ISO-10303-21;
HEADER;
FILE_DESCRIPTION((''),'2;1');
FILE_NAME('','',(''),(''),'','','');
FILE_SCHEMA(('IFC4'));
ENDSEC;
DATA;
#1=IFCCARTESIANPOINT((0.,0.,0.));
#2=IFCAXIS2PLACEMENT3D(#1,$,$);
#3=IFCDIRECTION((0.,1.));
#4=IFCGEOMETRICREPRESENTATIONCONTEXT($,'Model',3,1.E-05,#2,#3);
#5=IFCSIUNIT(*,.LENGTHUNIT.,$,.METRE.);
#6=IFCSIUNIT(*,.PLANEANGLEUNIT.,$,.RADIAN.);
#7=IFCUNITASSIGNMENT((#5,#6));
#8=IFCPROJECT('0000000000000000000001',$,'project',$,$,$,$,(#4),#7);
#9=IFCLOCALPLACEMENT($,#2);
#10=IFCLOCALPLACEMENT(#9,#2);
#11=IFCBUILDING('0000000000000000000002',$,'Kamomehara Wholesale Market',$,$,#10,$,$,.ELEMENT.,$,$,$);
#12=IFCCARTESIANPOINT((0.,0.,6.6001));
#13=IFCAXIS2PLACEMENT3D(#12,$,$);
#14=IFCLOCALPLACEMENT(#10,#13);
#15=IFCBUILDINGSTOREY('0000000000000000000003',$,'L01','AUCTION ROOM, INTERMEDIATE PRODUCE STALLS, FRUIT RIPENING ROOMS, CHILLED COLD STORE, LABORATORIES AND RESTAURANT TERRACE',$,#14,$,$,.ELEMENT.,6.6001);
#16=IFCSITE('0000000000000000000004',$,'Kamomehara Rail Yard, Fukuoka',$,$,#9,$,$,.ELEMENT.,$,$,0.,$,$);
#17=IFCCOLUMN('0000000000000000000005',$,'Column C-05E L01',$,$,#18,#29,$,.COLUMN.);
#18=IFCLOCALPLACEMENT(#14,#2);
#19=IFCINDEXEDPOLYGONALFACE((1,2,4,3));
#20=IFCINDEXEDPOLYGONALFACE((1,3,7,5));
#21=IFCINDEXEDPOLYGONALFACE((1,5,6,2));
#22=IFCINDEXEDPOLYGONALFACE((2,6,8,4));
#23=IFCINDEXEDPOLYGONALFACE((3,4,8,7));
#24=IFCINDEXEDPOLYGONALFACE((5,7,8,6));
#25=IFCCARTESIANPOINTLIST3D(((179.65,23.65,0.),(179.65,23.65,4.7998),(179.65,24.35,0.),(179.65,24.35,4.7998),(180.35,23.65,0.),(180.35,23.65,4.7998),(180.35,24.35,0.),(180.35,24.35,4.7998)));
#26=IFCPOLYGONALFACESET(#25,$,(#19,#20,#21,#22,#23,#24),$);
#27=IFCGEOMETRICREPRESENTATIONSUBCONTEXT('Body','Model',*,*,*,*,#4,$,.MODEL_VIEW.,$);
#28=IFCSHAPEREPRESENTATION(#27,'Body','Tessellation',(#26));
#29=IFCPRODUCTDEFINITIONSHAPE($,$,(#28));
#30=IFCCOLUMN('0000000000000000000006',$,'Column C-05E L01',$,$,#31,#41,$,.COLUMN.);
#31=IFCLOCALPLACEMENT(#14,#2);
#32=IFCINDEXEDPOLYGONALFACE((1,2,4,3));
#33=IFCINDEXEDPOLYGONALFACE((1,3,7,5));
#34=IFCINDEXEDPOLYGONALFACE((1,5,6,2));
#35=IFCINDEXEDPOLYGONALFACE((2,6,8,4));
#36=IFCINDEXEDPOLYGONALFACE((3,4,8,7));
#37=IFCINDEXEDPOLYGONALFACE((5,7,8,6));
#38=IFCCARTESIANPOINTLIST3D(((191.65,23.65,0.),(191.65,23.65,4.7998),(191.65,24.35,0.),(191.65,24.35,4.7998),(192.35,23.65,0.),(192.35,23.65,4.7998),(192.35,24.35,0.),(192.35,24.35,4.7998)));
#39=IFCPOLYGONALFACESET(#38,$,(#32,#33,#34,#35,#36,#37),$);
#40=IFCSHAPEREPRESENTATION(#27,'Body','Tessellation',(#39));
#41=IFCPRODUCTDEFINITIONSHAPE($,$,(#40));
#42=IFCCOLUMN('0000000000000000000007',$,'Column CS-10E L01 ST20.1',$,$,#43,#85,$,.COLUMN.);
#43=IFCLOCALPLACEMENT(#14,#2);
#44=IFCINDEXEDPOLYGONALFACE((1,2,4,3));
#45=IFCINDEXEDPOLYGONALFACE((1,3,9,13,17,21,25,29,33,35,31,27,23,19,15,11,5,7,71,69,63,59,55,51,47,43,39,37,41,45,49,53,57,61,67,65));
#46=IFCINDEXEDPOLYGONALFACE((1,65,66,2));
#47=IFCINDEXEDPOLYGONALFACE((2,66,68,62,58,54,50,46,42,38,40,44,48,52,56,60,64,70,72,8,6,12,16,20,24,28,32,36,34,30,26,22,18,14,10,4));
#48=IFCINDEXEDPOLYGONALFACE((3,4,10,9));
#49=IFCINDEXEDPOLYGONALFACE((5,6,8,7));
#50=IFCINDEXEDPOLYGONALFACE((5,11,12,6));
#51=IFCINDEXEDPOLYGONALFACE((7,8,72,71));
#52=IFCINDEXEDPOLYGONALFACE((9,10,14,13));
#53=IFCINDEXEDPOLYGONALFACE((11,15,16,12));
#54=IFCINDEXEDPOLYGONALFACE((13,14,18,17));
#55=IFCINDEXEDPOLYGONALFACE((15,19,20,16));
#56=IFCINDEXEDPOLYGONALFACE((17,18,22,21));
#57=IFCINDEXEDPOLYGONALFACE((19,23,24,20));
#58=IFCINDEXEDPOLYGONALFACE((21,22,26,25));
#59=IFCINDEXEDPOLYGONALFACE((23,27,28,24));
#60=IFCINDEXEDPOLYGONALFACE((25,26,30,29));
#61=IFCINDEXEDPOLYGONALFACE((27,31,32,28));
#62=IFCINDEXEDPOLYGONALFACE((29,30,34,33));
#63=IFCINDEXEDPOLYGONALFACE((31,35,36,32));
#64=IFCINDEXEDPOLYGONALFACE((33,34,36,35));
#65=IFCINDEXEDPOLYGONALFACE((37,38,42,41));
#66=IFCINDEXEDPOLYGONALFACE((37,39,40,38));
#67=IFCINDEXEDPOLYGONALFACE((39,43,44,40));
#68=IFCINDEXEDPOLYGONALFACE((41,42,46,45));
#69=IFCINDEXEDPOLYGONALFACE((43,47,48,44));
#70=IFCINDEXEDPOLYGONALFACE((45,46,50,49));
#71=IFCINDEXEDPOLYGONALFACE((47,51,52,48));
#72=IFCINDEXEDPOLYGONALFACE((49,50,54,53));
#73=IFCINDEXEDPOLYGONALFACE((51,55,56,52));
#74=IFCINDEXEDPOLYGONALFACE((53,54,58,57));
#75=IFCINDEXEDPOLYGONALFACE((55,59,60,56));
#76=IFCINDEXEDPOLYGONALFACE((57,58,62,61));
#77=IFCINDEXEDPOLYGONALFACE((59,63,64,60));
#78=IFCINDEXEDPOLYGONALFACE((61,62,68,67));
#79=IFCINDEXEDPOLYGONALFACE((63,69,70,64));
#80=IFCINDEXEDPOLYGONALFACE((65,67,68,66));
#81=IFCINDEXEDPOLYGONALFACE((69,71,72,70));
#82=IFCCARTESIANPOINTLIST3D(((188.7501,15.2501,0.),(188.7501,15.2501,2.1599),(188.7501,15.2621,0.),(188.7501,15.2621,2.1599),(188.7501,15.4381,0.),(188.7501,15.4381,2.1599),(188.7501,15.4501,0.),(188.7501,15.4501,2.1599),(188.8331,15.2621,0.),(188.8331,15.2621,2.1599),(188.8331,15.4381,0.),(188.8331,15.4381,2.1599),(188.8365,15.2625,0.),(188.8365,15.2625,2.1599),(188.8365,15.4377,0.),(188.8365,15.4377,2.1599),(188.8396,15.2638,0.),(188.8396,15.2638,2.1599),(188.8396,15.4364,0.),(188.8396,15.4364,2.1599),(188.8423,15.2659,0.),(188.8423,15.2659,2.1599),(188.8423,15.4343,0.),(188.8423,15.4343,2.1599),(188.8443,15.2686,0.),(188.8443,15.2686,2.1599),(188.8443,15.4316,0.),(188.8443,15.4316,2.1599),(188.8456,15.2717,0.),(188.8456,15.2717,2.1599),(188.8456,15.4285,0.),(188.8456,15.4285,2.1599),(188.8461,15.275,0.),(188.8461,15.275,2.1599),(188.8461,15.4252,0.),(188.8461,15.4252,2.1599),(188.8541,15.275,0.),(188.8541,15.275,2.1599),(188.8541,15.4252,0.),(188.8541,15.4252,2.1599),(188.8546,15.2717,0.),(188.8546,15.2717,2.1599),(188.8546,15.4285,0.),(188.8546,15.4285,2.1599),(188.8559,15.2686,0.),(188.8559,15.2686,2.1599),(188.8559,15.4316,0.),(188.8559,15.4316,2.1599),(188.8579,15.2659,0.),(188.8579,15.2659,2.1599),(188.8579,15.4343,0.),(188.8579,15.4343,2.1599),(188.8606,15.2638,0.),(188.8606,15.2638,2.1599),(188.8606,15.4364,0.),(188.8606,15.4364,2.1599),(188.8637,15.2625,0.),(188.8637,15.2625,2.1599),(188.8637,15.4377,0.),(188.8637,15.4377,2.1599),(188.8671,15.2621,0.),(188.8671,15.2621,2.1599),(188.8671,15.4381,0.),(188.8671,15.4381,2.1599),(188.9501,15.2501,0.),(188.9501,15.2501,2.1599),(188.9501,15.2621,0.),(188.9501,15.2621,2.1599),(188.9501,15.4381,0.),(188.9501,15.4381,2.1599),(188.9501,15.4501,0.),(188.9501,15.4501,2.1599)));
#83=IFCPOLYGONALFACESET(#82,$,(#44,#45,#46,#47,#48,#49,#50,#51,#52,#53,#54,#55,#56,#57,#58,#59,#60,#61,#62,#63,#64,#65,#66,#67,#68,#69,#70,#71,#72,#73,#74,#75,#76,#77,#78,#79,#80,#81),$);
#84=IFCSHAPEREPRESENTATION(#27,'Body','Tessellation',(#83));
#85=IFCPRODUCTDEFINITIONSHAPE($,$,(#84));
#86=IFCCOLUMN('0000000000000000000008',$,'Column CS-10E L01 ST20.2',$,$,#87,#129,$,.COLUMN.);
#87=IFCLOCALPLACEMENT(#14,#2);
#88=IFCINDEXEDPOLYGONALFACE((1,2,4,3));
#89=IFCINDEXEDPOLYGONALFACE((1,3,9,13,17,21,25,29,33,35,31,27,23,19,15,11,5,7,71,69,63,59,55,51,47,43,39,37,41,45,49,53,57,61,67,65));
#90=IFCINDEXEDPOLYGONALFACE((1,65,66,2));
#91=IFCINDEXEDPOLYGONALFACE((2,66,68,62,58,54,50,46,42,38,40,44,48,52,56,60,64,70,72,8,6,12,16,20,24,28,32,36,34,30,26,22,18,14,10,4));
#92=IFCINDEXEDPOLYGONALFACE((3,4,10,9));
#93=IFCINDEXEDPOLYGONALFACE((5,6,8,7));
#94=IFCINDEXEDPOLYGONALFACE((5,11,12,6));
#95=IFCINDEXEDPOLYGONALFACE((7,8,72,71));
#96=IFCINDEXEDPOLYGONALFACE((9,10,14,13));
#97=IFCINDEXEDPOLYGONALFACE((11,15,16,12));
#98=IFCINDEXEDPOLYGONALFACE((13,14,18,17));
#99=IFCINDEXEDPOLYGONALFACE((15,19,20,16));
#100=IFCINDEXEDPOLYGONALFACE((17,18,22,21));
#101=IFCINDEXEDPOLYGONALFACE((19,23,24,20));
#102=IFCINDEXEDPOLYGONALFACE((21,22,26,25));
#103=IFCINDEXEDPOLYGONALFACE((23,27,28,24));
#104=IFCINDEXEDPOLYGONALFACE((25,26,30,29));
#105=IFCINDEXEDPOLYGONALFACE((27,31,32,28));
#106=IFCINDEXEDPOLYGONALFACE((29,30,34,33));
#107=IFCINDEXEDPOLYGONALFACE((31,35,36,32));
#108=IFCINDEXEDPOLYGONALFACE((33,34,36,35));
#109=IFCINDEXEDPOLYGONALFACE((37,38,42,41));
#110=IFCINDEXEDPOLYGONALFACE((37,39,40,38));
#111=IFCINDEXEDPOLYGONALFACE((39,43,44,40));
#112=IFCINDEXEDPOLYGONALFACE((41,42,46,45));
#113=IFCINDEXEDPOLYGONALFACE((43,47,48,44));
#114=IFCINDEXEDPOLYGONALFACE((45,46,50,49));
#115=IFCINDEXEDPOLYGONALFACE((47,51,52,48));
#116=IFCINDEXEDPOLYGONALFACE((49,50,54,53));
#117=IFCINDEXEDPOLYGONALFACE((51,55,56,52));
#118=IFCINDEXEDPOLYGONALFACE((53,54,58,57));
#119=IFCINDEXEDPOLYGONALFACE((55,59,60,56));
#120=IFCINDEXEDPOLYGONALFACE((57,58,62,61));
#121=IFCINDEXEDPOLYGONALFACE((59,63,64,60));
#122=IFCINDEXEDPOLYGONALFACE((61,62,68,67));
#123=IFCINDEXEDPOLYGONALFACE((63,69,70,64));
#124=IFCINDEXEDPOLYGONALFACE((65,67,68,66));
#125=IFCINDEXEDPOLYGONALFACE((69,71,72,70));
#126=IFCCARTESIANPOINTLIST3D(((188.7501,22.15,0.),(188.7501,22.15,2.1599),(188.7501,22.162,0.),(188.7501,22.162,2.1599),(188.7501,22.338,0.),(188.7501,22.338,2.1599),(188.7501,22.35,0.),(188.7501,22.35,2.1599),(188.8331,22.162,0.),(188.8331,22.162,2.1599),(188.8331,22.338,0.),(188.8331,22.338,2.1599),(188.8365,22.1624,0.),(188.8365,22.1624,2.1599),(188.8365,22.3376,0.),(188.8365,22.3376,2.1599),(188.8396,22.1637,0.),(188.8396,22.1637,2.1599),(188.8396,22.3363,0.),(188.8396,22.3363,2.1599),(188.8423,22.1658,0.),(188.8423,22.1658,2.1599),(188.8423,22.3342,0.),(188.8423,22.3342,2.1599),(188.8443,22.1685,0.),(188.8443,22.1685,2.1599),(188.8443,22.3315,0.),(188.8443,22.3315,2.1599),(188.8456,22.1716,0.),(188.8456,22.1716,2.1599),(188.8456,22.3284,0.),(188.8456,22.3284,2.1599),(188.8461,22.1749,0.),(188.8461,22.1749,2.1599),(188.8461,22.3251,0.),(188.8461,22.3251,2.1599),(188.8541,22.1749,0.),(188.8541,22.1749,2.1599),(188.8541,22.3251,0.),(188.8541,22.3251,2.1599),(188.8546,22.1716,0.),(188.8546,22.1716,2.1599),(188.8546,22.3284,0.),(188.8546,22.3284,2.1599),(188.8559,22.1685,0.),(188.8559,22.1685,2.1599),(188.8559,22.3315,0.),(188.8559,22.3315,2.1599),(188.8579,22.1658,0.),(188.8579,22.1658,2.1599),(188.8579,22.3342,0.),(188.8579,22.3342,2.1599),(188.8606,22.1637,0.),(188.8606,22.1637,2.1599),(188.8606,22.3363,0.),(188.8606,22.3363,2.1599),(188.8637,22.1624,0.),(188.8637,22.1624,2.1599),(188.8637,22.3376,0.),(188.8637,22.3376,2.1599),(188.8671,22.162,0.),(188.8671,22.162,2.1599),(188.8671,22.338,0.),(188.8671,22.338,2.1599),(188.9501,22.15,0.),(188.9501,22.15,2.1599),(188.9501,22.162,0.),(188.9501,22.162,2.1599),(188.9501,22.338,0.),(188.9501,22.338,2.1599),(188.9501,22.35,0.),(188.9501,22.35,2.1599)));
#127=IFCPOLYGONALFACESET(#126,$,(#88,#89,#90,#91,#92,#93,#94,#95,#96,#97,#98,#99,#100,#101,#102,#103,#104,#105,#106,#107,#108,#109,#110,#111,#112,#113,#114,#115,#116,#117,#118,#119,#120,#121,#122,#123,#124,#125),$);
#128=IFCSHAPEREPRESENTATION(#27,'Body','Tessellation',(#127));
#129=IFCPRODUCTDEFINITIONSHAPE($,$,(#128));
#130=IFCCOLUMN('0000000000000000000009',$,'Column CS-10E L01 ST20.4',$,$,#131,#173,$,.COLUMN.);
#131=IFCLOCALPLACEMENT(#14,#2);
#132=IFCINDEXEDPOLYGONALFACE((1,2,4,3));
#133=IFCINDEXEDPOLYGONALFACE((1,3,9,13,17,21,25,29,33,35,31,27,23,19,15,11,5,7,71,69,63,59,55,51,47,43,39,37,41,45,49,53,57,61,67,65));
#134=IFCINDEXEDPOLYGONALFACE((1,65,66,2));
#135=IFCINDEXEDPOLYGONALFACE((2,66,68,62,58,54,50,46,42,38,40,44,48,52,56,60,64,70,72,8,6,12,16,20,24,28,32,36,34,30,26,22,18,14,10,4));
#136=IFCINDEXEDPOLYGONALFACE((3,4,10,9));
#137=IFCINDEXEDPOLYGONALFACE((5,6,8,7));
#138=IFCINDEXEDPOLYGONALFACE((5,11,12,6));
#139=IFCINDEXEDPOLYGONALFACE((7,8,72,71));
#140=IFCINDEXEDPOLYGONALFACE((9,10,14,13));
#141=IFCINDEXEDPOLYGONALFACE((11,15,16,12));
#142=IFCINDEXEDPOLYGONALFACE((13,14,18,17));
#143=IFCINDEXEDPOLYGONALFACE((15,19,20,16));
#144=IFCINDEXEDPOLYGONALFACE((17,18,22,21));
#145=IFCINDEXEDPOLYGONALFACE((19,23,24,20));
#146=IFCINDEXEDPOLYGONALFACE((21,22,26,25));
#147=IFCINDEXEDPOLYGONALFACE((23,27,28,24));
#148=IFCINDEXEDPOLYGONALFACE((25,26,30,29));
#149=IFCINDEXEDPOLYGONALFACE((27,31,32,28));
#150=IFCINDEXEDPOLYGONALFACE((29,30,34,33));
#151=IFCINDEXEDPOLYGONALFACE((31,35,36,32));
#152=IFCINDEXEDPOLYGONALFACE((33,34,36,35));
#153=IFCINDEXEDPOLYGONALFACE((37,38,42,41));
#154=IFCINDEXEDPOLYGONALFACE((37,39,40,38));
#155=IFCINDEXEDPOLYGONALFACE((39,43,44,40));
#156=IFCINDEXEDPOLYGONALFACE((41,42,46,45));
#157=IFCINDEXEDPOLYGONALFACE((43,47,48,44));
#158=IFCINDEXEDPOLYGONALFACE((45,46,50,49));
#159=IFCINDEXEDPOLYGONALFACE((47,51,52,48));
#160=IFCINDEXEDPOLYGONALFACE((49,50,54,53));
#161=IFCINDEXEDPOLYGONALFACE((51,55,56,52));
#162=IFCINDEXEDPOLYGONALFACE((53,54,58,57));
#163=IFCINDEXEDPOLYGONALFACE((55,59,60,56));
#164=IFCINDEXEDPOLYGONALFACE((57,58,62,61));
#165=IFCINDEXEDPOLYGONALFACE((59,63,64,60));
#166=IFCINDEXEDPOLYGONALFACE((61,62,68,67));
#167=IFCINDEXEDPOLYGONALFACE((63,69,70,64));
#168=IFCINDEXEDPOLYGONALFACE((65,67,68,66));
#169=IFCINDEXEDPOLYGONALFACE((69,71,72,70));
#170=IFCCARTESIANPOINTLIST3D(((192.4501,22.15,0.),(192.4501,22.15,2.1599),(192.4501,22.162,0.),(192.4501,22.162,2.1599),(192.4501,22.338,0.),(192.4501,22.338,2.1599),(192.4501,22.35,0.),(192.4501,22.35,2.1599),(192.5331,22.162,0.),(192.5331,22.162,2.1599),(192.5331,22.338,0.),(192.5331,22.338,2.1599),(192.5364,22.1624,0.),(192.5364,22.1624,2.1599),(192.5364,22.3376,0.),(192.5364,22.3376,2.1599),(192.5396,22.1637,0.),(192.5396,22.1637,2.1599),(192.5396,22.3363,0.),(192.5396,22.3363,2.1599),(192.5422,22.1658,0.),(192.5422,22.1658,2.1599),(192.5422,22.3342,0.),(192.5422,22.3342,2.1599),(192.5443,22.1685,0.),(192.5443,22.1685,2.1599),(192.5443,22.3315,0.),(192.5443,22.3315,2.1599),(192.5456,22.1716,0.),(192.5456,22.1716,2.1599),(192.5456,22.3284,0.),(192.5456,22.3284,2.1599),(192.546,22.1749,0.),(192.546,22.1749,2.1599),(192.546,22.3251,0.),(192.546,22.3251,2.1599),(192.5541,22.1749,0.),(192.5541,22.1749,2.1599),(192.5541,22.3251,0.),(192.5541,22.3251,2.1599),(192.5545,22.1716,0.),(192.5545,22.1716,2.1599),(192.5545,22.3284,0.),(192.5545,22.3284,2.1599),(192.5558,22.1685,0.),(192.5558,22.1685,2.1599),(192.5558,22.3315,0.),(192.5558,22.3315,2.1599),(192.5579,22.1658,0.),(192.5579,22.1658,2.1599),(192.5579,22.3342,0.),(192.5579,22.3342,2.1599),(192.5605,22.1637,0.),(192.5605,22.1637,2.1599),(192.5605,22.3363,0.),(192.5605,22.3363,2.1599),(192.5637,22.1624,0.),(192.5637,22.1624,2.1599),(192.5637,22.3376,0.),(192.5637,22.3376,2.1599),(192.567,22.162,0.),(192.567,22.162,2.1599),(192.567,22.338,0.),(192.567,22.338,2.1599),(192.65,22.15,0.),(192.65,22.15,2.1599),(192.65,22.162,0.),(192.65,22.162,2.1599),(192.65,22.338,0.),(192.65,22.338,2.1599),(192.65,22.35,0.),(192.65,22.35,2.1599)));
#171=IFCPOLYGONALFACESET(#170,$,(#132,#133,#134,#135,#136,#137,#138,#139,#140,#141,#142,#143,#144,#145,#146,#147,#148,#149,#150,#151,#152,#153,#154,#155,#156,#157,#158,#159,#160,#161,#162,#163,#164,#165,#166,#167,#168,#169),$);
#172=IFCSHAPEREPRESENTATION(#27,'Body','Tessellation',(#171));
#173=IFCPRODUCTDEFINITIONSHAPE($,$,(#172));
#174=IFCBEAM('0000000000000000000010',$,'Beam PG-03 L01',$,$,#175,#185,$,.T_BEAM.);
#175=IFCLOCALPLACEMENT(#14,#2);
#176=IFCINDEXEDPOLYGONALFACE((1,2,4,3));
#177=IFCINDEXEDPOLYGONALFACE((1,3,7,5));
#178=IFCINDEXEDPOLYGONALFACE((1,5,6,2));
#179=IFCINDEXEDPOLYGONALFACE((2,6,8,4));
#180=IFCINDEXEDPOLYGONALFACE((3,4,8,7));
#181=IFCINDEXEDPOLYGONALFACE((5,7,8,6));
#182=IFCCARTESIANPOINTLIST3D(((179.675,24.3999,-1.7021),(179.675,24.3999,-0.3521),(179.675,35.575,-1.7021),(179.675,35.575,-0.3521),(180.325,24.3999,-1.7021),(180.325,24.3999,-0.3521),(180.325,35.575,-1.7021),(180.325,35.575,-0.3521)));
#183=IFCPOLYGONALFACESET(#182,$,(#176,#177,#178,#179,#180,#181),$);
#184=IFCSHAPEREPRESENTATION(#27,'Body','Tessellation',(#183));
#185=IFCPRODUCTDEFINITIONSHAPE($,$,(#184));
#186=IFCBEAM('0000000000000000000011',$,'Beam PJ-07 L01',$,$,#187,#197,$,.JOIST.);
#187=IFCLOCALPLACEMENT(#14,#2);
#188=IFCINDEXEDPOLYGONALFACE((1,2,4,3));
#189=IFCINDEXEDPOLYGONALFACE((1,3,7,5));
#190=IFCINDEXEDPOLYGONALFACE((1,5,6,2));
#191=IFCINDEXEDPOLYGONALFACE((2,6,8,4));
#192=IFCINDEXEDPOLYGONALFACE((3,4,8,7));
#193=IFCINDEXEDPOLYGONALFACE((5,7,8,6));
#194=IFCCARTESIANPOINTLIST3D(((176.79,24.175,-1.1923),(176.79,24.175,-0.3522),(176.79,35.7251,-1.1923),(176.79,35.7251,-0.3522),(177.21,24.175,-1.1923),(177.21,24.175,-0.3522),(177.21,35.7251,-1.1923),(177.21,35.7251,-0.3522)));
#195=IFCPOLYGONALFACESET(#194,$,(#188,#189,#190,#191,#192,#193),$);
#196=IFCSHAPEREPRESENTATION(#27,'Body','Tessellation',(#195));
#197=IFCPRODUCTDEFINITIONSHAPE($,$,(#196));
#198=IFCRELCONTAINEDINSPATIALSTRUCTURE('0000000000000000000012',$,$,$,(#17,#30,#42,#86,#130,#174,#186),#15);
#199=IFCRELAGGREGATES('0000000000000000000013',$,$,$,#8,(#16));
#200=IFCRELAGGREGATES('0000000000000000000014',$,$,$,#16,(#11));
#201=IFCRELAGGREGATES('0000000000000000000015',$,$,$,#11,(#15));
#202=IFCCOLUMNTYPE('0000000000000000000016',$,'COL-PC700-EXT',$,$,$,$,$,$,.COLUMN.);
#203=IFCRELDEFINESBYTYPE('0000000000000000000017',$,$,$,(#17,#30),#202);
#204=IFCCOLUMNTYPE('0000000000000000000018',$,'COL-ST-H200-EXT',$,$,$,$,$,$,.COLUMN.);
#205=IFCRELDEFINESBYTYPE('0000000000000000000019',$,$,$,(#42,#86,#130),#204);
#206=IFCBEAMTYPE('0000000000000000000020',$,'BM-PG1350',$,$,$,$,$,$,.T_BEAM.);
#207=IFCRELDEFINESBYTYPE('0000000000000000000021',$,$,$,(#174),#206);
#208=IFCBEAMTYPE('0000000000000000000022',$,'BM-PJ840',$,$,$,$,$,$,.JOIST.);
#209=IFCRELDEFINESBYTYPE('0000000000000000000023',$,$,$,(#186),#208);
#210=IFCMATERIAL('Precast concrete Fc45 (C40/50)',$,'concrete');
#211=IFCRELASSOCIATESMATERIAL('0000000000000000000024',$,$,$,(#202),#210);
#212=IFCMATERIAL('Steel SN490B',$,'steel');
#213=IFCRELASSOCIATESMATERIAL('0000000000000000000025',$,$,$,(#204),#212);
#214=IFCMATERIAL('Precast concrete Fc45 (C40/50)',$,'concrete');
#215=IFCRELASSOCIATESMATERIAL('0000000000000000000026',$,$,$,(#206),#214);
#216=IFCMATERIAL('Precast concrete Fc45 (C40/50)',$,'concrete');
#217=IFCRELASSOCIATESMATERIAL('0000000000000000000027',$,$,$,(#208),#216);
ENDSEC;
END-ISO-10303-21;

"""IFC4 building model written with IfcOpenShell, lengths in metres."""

from ifc_helpers import new_model, si_unit, direction, frame, origin, origin_2d, place, context, subcontext, project, spatial, rectangle, i_section, extrude, material, material_profile, profile_set, type_object, element, save


model = new_model("IFC4")

# Units and contexts
model_context = context("Model", 3, precision=1e-05, world=origin(), true_north=direction((0.0, 1.0)))
body_context = subcontext(model_context, "Body", "Model", "MODEL_VIEW")
ifc_project = project(units=[si_unit("LENGTHUNIT", "METRE"), si_unit("PLANEANGLEUNIT", "RADIAN")], contexts=[model_context])

# Site, building, storey
site_placement = place(None, origin())
site = spatial("IfcSite", under=ifc_project, at=site_placement, Name="Kamomehara Rail Yard, Fukuoka", CompositionType="ELEMENT", RefElevation=0.0)
building_placement = place(site_placement, origin())
building = spatial("IfcBuilding", under=site, at=building_placement, Name="Kamomehara Wholesale Market", CompositionType="ELEMENT")
storey_placement = place(building_placement, frame((0.0, 0.0, 6.6001)))
storey = spatial("IfcBuildingStorey", under=building, at=storey_placement, Name="L01", Description="AUCTION ROOM, INTERMEDIATE PRODUCE STALLS, FRUIT RIPENING ROOMS, CHILLED COLD STORE, LABORATORIES AND RESTAURANT TERRACE", CompositionType="ELEMENT", Elevation=6.6001)

# Columns
ifc_material_1 = material(Name="Precast concrete Fc45 (C40/50)", Category="concrete")
ifc_material_profile_1 = material_profile(ifc_material_1, rectangle(XDim=0.7, YDim=0.7, at=origin_2d()), Name="PC-COL-700x700")
ifc_profile_set_1 = profile_set([ifc_material_profile_1], Name="Precast concrete Fc45 (C40/50)")
column_type_1 = type_object("IfcColumnType", Name="COL-PC700-EXT", PredefinedType="COLUMN", material=ifc_profile_set_1)
for number, where, z_axis, x_axis, name in (
    (1, (180.0, 24.0, 0.0), (0.0, 0.0, 1.0), (1.0, 0.0, 0.0), "Column C-05E L01"),
    (2, (192.0, 24.0, 0.0), (0.0, 0.0, 1.0), (1.0, 0.0, 0.0), "Column C-05E L01"),
):
    element("IfcColumn", number, at=place(storey_placement, frame(where, z_axis=z_axis, x_axis=x_axis)), inside=storey, type_object=column_type_1, Name=name, PredefinedType="COLUMN", context=body_context, shape_type="SweptSolid", body=[
        extrude(rectangle(XDim=0.7, YDim=0.7, at=origin_2d()), origin(), (0.0, 0.0, 1.0), 4.7998),
    ])
ifc_material_2 = material(Name="Steel SN490B", Category="steel")
ifc_material_profile_2 = material_profile(ifc_material_2, i_section(OverallWidth=0.2, OverallDepth=0.2, WebThickness=0.0081, FlangeThickness=0.012, FilletRadius=0.0129, at=origin_2d()), Name="H-200x200x8x12")
ifc_profile_set_2 = profile_set([ifc_material_profile_2], Name="Steel SN490B")
column_type_2 = type_object("IfcColumnType", Name="COL-ST-H200-EXT", PredefinedType="COLUMN", material=ifc_profile_set_2)
for number, where, z_axis, x_axis, name in (
    (3, (188.8501, 15.3501, 0.0), (0.0, 0.0, 1.0), (1.0, 0.0, 0.0), "Column CS-10E L01 ST20.1"),
    (4, (188.8501, 22.25, 0.0), (0.0, 0.0, 1.0), (1.0, 0.0, 0.0), "Column CS-10E L01 ST20.2"),
    (5, (192.55, 22.25, 0.0), (0.0, 0.0, 1.0), (1.0, 0.0, 0.0), "Column CS-10E L01 ST20.4"),
):
    element("IfcColumn", number, at=place(storey_placement, frame(where, z_axis=z_axis, x_axis=x_axis)), inside=storey, type_object=column_type_2, Name=name, PredefinedType="COLUMN", context=body_context, shape_type="SweptSolid", body=[
        extrude(i_section(OverallWidth=0.2, OverallDepth=0.2, WebThickness=0.0081, FlangeThickness=0.012, FilletRadius=0.0129, at=origin_2d()), origin(), (0.0, 0.0, 1.0), 2.1599),
    ])

# Beams
ifc_material_3 = material(Name="Precast concrete Fc45 (C40/50)", Category="concrete")
ifc_material_profile_3 = material_profile(ifc_material_3, rectangle(XDim=0.6499, YDim=1.3501, at=origin_2d()), Name="PC-GRD-650x1350")
ifc_profile_set_3 = profile_set([ifc_material_profile_3], Name="Precast concrete Fc45 (C40/50)")
beam_type_1 = type_object("IfcBeamType", Name="BM-PG1350", PredefinedType="T_BEAM", material=ifc_profile_set_3)
beam_1_placement = place(storey_placement, frame((180.0, 24.3999, -1.0271), z_axis=(0.0, 1.0, 0.0), x_axis=(-1.0, 0.0, 0.0)))
element("IfcBeam", 6, at=beam_1_placement, inside=storey, type_object=beam_type_1, Name="Beam PG-03 L01", PredefinedType="T_BEAM", context=body_context, shape_type="SweptSolid", body=[
    extrude(rectangle(XDim=0.6499, YDim=1.3501, at=origin_2d()), origin(), (0.0, 0.0, 1.0), 11.175),
])
ifc_material_4 = material(Name="Precast concrete Fc45 (C40/50)", Category="concrete")
ifc_material_profile_4 = material_profile(ifc_material_4, rectangle(XDim=0.4199, YDim=0.8401, at=origin_2d()), Name="PC-JST-420x840")
ifc_profile_set_4 = profile_set([ifc_material_profile_4], Name="Precast concrete Fc45 (C40/50)")
beam_type_2 = type_object("IfcBeamType", Name="BM-PJ840", PredefinedType="JOIST", material=ifc_profile_set_4)
beam_2_placement = place(storey_placement, frame((177.0, 24.175, -0.7722), z_axis=(0.0, 1.0, 0.0), x_axis=(-1.0, 0.0, 0.0)))
element("IfcBeam", 7, at=beam_2_placement, inside=storey, type_object=beam_type_2, Name="Beam PJ-07 L01", PredefinedType="JOIST", context=body_context, shape_type="SweptSolid", body=[
    extrude(rectangle(XDim=0.4199, YDim=0.8401, at=origin_2d()), origin(), (0.0, 0.0, 1.0), 11.55),
])

save(model, "model.ifc")
